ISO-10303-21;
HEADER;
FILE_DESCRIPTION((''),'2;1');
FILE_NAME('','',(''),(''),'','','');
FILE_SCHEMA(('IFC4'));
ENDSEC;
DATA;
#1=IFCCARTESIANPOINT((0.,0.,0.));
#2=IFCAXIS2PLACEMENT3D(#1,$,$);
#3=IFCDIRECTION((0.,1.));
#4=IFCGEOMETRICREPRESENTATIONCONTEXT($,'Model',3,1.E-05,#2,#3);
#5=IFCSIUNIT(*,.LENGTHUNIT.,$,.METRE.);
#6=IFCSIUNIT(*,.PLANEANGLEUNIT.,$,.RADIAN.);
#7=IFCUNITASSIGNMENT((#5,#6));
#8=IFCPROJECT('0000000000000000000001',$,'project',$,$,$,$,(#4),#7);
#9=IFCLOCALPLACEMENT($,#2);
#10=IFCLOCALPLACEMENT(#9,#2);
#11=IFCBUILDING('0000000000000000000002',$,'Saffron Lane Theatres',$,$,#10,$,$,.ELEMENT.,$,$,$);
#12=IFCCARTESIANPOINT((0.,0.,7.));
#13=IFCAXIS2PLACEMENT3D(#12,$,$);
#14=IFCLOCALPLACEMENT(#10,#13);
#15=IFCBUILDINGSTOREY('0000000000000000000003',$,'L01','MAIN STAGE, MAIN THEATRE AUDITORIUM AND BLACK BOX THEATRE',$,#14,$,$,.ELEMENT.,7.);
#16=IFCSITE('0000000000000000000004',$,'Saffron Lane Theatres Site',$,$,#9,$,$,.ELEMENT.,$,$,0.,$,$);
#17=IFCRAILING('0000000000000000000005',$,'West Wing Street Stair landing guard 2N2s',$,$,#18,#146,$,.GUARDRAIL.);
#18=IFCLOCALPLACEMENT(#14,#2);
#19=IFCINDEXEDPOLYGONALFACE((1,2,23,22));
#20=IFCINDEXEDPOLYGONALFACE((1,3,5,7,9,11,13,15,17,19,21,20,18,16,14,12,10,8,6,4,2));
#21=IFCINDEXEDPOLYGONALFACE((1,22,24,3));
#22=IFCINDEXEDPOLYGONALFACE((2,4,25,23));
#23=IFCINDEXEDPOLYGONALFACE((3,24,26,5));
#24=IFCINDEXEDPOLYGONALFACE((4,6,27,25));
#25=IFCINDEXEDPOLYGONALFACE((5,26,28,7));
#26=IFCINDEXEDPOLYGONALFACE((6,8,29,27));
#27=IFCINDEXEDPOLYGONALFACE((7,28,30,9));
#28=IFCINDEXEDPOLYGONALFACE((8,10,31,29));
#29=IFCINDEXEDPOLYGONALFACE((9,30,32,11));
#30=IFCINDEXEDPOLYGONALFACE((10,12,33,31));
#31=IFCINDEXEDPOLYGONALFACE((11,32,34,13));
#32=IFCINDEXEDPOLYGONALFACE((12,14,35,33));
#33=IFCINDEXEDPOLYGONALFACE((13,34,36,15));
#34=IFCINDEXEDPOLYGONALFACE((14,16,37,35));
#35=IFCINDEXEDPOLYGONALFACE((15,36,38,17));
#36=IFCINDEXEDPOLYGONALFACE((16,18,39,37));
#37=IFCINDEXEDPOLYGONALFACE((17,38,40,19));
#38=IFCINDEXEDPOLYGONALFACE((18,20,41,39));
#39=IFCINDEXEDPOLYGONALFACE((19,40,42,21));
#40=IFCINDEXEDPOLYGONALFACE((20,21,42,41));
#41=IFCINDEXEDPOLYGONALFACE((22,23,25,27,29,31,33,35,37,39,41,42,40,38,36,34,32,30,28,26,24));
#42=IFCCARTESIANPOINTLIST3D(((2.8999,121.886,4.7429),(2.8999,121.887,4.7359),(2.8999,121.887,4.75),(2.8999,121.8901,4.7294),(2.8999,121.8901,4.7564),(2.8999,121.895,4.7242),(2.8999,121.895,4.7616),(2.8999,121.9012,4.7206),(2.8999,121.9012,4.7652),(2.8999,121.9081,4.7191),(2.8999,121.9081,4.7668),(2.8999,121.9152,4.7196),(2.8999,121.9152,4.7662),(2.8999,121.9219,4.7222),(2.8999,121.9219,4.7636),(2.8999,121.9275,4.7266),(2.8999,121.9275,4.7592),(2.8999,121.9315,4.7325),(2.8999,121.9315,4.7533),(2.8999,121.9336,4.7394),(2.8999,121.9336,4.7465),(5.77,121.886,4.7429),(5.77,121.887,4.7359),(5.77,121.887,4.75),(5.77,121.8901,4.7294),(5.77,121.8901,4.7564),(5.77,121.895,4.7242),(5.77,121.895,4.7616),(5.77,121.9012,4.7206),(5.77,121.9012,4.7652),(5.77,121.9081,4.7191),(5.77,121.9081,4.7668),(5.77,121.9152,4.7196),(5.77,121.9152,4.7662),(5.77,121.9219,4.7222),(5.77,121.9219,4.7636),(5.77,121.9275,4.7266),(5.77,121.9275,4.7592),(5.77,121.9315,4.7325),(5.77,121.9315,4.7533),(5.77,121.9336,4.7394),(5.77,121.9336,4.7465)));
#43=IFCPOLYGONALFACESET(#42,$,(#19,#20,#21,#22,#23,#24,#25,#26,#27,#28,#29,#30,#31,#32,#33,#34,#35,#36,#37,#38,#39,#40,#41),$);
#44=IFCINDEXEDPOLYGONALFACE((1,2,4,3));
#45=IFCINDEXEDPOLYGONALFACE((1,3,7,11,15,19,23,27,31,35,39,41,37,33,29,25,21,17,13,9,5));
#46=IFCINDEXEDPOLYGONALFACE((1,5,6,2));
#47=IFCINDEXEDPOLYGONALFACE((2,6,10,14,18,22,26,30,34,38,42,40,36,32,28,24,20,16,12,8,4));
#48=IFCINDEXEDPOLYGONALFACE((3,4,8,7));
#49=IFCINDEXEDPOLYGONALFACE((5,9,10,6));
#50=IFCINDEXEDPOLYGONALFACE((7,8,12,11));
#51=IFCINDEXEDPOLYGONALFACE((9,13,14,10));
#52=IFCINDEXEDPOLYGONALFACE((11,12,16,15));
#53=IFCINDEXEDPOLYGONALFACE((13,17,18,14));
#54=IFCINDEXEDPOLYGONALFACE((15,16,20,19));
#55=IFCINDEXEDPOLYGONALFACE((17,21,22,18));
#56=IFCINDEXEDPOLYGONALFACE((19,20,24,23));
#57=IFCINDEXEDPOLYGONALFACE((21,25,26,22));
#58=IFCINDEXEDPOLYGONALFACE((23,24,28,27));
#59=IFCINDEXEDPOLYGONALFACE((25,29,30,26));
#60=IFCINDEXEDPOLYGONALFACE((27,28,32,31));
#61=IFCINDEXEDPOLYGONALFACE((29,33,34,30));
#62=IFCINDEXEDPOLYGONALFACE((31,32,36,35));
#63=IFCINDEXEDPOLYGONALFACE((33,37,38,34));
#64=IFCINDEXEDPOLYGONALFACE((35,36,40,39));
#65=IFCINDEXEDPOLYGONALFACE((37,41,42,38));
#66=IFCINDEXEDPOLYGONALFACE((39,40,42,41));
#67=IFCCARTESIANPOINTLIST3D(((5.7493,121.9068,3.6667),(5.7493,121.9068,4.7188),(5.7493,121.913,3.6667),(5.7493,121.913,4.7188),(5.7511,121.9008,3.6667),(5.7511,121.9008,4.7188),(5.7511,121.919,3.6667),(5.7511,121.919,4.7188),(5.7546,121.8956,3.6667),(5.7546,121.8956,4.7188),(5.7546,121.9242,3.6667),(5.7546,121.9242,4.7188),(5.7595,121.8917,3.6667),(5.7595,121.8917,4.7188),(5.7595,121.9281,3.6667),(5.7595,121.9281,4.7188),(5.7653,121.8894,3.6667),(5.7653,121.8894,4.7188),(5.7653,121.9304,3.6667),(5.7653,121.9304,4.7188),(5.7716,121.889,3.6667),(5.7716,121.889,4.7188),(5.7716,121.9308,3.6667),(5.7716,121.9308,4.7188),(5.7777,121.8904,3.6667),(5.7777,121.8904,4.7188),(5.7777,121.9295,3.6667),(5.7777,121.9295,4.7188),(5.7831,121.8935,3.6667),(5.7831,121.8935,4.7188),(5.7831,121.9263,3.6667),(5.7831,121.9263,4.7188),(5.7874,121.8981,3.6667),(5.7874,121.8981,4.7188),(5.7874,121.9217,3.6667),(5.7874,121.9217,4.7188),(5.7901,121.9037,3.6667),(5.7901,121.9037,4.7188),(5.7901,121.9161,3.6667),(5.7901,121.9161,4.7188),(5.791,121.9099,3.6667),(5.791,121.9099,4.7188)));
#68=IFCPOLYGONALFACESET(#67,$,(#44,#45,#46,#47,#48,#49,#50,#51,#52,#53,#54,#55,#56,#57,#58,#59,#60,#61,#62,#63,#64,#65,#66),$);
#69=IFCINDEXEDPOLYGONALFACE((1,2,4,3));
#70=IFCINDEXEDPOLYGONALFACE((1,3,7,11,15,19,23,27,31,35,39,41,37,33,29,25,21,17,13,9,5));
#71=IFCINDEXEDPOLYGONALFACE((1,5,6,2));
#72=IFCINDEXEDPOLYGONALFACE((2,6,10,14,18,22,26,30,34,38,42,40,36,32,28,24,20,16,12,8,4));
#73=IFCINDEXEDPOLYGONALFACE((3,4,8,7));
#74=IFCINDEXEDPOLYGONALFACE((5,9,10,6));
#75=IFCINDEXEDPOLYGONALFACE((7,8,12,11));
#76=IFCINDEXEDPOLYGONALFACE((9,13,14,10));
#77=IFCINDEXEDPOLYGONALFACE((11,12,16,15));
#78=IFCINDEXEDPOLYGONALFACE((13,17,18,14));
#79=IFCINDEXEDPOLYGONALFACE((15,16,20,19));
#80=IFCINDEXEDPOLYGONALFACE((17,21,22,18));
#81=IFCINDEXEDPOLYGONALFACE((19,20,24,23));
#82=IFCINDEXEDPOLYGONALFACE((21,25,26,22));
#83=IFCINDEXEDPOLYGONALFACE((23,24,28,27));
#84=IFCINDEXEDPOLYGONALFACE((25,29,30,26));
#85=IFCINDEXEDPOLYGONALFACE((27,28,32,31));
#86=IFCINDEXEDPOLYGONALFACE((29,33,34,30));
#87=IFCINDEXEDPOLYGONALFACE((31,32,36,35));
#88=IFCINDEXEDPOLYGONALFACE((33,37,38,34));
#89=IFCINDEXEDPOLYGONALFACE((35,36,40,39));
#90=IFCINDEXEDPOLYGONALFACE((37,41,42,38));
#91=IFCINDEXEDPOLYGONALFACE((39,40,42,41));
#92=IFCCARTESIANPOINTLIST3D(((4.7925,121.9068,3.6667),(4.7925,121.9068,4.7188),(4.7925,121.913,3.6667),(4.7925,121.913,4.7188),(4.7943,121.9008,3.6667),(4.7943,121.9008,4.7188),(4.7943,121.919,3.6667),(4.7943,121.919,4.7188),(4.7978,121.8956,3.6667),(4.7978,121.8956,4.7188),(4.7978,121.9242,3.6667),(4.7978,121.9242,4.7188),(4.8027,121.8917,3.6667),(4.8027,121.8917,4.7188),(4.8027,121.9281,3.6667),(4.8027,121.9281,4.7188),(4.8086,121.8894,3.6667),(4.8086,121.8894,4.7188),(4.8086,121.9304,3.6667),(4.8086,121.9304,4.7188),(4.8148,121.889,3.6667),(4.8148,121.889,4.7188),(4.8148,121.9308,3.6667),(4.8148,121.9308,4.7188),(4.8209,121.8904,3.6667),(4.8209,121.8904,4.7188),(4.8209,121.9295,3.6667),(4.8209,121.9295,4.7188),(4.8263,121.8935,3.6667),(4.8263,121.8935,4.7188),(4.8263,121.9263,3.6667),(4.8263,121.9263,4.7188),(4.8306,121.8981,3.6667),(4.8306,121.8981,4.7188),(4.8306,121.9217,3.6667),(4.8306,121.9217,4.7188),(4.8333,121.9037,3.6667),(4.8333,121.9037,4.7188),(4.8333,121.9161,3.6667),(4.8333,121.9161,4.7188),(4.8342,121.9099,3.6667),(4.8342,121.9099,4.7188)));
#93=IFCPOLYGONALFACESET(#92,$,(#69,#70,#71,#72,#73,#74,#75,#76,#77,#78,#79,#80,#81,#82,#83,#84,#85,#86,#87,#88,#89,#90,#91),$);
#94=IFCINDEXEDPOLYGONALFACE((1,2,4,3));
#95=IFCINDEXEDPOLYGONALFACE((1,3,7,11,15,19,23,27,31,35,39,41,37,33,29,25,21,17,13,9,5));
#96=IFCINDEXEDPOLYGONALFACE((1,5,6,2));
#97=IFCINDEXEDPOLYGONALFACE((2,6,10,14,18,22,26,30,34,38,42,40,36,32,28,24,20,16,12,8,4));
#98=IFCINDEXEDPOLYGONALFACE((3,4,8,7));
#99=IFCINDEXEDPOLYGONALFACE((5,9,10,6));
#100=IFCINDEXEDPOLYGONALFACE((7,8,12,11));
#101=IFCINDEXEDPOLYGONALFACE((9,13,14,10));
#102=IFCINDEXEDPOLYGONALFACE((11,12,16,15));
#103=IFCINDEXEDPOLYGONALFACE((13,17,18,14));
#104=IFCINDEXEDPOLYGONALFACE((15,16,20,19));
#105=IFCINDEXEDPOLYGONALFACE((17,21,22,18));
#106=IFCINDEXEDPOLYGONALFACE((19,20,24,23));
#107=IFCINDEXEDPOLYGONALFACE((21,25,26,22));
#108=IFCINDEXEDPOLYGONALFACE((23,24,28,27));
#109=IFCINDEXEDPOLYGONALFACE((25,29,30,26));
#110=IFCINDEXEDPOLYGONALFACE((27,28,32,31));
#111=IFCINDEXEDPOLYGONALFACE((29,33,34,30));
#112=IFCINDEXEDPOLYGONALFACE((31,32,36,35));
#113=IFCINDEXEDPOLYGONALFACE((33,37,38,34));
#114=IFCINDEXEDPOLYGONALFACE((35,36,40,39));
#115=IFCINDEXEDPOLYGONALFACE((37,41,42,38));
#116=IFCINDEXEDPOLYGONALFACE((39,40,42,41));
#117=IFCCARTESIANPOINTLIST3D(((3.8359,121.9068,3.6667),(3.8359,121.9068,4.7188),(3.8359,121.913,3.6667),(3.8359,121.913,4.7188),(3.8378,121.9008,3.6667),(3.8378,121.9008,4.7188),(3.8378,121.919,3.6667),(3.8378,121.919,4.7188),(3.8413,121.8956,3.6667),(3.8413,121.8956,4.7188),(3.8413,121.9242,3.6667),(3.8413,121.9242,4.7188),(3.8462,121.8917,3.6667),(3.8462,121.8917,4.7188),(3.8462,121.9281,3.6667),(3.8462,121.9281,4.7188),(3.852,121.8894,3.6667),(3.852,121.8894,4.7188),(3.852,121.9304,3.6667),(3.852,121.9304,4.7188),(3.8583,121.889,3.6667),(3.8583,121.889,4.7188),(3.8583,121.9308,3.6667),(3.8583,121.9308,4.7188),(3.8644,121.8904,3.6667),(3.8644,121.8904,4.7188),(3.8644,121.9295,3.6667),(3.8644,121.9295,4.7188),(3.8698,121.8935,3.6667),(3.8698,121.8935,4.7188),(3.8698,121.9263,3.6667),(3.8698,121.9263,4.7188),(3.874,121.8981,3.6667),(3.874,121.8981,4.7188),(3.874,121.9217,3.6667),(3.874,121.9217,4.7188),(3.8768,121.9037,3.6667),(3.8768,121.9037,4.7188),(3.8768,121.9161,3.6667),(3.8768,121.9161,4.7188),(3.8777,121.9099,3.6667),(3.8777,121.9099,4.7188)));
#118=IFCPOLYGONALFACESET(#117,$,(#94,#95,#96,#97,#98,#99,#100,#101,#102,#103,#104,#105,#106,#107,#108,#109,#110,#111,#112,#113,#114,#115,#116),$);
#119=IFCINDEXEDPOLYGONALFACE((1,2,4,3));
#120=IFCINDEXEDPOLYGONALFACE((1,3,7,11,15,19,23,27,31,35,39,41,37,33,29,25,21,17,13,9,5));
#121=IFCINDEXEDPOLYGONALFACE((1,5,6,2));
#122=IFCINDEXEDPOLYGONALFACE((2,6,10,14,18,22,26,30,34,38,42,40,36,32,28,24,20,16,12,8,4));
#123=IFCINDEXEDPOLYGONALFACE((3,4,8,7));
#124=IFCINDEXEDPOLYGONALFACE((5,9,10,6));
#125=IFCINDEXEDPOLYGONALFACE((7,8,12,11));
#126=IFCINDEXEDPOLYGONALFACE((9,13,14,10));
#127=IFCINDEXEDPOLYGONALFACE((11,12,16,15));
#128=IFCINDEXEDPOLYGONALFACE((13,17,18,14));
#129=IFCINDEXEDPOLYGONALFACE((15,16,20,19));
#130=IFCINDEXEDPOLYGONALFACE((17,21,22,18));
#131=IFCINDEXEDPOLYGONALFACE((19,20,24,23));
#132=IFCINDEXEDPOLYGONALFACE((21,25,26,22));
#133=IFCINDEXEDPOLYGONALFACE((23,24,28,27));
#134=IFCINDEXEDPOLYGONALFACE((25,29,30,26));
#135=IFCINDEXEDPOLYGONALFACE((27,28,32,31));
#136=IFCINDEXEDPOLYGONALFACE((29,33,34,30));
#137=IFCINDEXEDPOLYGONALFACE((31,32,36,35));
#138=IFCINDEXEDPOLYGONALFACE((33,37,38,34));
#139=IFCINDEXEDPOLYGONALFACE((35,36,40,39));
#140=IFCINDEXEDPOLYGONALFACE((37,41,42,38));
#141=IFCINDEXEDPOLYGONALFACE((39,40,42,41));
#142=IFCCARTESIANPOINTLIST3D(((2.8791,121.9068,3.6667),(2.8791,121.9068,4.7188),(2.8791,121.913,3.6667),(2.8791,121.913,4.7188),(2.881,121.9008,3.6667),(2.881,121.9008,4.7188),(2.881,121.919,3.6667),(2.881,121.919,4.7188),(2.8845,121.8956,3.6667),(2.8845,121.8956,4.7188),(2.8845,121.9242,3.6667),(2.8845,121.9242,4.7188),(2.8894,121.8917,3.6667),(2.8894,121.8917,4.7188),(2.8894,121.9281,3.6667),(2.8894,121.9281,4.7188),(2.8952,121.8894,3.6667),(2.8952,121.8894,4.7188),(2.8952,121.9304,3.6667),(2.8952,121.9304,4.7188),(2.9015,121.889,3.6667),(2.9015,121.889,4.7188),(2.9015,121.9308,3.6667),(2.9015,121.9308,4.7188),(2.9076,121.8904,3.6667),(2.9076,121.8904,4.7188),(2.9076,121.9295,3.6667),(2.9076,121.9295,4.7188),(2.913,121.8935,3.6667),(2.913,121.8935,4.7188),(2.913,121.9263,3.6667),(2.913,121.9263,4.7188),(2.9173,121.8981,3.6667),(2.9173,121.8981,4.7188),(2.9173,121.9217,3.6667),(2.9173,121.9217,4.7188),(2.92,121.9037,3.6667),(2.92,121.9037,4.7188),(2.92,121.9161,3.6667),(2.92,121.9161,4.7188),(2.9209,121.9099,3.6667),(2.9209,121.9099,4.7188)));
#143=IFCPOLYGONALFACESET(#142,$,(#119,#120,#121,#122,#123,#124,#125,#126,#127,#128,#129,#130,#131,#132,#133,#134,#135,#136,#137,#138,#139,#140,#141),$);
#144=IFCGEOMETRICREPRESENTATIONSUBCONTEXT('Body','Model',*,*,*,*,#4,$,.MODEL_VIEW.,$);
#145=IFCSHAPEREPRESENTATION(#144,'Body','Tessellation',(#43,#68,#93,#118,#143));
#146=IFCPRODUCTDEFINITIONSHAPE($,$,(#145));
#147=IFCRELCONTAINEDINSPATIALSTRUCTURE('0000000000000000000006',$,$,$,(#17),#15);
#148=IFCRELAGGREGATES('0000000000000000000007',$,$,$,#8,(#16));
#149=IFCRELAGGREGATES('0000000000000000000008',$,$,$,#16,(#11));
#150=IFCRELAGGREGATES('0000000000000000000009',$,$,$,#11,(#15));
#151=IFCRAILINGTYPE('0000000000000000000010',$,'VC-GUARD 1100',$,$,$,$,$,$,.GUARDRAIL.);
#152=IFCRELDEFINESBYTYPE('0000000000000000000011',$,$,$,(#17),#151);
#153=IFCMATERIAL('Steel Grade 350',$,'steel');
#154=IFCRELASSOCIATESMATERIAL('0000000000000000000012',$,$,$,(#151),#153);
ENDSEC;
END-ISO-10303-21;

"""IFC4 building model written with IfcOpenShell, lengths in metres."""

from ifc_helpers import new_model, si_unit, direction, frame, origin, origin_2d, place, context, subcontext, project, spatial, circle, extrude, material, type_object, element, save


model = new_model("IFC4")

# Units and contexts
model_context = context("Model", 3, precision=1e-05, world=origin(), true_north=direction((0.0, 1.0)))
body_context = subcontext(model_context, "Body", "Model", "MODEL_VIEW")
ifc_project = project(units=[si_unit("LENGTHUNIT", "METRE"), si_unit("PLANEANGLEUNIT", "RADIAN")], contexts=[model_context])

# Site, building, storey
site_placement = place(None, origin())
site = spatial("IfcSite", under=ifc_project, at=site_placement, Name="Saffron Lane Theatres Site", CompositionType="ELEMENT", RefElevation=0.0)
building_placement = place(site_placement, origin())
building = spatial("IfcBuilding", under=site, at=building_placement, Name="Saffron Lane Theatres", CompositionType="ELEMENT")
storey_placement = place(building_placement, frame((0.0, 0.0, 7.0)))
storey = spatial("IfcBuildingStorey", under=building, at=storey_placement, Name="L01", Description="MAIN STAGE, MAIN THEATRE AUDITORIUM AND BLACK BOX THEATRE", CompositionType="ELEMENT", Elevation=7.0)

# Railing
ifc_material_1 = material(Name="Steel Grade 350", Category="steel")
railing_type_1 = type_object("IfcRailingType", Name="VC-GUARD 1100", PredefinedType="GUARDRAIL", material=ifc_material_1)
railing_1_placement = place(storey_placement, frame((5.77, 121.9099, 3.6667)))
element("IfcRailing", 1, at=railing_1_placement, inside=storey, type_object=railing_type_1, Name="West Wing Street Stair landing guard 2N2s", PredefinedType="GUARDRAIL", context=body_context, shape_type="SweptSolid", body=[
    extrude(circle(Radius=0.0239, at=origin_2d()), frame((0.0, 0.0, 1.0762), z_axis=(-1.0, 0.0, 0.0), x_axis=(0.0, -1.0, 0.0)), (0.0, 0.0, 1.0), 2.8701),
    extrude(circle(Radius=0.021, at=origin_2d()), origin(), (0.0, 0.0, 1.0), 1.052),
    extrude(circle(Radius=0.021, at=origin_2d()), frame((-0.9568, 0.0, 0.0)), (0.0, 0.0, 1.0), 1.052),
    extrude(circle(Radius=0.021, at=origin_2d()), frame((-1.9133, 0.0, 0.0)), (0.0, 0.0, 1.0), 1.052),
    extrude(circle(Radius=0.021, at=origin_2d()), frame((-2.8701, 0.0, 0.0)), (0.0, 0.0, 1.0), 1.052),
])

save(model, "model.ifc")
